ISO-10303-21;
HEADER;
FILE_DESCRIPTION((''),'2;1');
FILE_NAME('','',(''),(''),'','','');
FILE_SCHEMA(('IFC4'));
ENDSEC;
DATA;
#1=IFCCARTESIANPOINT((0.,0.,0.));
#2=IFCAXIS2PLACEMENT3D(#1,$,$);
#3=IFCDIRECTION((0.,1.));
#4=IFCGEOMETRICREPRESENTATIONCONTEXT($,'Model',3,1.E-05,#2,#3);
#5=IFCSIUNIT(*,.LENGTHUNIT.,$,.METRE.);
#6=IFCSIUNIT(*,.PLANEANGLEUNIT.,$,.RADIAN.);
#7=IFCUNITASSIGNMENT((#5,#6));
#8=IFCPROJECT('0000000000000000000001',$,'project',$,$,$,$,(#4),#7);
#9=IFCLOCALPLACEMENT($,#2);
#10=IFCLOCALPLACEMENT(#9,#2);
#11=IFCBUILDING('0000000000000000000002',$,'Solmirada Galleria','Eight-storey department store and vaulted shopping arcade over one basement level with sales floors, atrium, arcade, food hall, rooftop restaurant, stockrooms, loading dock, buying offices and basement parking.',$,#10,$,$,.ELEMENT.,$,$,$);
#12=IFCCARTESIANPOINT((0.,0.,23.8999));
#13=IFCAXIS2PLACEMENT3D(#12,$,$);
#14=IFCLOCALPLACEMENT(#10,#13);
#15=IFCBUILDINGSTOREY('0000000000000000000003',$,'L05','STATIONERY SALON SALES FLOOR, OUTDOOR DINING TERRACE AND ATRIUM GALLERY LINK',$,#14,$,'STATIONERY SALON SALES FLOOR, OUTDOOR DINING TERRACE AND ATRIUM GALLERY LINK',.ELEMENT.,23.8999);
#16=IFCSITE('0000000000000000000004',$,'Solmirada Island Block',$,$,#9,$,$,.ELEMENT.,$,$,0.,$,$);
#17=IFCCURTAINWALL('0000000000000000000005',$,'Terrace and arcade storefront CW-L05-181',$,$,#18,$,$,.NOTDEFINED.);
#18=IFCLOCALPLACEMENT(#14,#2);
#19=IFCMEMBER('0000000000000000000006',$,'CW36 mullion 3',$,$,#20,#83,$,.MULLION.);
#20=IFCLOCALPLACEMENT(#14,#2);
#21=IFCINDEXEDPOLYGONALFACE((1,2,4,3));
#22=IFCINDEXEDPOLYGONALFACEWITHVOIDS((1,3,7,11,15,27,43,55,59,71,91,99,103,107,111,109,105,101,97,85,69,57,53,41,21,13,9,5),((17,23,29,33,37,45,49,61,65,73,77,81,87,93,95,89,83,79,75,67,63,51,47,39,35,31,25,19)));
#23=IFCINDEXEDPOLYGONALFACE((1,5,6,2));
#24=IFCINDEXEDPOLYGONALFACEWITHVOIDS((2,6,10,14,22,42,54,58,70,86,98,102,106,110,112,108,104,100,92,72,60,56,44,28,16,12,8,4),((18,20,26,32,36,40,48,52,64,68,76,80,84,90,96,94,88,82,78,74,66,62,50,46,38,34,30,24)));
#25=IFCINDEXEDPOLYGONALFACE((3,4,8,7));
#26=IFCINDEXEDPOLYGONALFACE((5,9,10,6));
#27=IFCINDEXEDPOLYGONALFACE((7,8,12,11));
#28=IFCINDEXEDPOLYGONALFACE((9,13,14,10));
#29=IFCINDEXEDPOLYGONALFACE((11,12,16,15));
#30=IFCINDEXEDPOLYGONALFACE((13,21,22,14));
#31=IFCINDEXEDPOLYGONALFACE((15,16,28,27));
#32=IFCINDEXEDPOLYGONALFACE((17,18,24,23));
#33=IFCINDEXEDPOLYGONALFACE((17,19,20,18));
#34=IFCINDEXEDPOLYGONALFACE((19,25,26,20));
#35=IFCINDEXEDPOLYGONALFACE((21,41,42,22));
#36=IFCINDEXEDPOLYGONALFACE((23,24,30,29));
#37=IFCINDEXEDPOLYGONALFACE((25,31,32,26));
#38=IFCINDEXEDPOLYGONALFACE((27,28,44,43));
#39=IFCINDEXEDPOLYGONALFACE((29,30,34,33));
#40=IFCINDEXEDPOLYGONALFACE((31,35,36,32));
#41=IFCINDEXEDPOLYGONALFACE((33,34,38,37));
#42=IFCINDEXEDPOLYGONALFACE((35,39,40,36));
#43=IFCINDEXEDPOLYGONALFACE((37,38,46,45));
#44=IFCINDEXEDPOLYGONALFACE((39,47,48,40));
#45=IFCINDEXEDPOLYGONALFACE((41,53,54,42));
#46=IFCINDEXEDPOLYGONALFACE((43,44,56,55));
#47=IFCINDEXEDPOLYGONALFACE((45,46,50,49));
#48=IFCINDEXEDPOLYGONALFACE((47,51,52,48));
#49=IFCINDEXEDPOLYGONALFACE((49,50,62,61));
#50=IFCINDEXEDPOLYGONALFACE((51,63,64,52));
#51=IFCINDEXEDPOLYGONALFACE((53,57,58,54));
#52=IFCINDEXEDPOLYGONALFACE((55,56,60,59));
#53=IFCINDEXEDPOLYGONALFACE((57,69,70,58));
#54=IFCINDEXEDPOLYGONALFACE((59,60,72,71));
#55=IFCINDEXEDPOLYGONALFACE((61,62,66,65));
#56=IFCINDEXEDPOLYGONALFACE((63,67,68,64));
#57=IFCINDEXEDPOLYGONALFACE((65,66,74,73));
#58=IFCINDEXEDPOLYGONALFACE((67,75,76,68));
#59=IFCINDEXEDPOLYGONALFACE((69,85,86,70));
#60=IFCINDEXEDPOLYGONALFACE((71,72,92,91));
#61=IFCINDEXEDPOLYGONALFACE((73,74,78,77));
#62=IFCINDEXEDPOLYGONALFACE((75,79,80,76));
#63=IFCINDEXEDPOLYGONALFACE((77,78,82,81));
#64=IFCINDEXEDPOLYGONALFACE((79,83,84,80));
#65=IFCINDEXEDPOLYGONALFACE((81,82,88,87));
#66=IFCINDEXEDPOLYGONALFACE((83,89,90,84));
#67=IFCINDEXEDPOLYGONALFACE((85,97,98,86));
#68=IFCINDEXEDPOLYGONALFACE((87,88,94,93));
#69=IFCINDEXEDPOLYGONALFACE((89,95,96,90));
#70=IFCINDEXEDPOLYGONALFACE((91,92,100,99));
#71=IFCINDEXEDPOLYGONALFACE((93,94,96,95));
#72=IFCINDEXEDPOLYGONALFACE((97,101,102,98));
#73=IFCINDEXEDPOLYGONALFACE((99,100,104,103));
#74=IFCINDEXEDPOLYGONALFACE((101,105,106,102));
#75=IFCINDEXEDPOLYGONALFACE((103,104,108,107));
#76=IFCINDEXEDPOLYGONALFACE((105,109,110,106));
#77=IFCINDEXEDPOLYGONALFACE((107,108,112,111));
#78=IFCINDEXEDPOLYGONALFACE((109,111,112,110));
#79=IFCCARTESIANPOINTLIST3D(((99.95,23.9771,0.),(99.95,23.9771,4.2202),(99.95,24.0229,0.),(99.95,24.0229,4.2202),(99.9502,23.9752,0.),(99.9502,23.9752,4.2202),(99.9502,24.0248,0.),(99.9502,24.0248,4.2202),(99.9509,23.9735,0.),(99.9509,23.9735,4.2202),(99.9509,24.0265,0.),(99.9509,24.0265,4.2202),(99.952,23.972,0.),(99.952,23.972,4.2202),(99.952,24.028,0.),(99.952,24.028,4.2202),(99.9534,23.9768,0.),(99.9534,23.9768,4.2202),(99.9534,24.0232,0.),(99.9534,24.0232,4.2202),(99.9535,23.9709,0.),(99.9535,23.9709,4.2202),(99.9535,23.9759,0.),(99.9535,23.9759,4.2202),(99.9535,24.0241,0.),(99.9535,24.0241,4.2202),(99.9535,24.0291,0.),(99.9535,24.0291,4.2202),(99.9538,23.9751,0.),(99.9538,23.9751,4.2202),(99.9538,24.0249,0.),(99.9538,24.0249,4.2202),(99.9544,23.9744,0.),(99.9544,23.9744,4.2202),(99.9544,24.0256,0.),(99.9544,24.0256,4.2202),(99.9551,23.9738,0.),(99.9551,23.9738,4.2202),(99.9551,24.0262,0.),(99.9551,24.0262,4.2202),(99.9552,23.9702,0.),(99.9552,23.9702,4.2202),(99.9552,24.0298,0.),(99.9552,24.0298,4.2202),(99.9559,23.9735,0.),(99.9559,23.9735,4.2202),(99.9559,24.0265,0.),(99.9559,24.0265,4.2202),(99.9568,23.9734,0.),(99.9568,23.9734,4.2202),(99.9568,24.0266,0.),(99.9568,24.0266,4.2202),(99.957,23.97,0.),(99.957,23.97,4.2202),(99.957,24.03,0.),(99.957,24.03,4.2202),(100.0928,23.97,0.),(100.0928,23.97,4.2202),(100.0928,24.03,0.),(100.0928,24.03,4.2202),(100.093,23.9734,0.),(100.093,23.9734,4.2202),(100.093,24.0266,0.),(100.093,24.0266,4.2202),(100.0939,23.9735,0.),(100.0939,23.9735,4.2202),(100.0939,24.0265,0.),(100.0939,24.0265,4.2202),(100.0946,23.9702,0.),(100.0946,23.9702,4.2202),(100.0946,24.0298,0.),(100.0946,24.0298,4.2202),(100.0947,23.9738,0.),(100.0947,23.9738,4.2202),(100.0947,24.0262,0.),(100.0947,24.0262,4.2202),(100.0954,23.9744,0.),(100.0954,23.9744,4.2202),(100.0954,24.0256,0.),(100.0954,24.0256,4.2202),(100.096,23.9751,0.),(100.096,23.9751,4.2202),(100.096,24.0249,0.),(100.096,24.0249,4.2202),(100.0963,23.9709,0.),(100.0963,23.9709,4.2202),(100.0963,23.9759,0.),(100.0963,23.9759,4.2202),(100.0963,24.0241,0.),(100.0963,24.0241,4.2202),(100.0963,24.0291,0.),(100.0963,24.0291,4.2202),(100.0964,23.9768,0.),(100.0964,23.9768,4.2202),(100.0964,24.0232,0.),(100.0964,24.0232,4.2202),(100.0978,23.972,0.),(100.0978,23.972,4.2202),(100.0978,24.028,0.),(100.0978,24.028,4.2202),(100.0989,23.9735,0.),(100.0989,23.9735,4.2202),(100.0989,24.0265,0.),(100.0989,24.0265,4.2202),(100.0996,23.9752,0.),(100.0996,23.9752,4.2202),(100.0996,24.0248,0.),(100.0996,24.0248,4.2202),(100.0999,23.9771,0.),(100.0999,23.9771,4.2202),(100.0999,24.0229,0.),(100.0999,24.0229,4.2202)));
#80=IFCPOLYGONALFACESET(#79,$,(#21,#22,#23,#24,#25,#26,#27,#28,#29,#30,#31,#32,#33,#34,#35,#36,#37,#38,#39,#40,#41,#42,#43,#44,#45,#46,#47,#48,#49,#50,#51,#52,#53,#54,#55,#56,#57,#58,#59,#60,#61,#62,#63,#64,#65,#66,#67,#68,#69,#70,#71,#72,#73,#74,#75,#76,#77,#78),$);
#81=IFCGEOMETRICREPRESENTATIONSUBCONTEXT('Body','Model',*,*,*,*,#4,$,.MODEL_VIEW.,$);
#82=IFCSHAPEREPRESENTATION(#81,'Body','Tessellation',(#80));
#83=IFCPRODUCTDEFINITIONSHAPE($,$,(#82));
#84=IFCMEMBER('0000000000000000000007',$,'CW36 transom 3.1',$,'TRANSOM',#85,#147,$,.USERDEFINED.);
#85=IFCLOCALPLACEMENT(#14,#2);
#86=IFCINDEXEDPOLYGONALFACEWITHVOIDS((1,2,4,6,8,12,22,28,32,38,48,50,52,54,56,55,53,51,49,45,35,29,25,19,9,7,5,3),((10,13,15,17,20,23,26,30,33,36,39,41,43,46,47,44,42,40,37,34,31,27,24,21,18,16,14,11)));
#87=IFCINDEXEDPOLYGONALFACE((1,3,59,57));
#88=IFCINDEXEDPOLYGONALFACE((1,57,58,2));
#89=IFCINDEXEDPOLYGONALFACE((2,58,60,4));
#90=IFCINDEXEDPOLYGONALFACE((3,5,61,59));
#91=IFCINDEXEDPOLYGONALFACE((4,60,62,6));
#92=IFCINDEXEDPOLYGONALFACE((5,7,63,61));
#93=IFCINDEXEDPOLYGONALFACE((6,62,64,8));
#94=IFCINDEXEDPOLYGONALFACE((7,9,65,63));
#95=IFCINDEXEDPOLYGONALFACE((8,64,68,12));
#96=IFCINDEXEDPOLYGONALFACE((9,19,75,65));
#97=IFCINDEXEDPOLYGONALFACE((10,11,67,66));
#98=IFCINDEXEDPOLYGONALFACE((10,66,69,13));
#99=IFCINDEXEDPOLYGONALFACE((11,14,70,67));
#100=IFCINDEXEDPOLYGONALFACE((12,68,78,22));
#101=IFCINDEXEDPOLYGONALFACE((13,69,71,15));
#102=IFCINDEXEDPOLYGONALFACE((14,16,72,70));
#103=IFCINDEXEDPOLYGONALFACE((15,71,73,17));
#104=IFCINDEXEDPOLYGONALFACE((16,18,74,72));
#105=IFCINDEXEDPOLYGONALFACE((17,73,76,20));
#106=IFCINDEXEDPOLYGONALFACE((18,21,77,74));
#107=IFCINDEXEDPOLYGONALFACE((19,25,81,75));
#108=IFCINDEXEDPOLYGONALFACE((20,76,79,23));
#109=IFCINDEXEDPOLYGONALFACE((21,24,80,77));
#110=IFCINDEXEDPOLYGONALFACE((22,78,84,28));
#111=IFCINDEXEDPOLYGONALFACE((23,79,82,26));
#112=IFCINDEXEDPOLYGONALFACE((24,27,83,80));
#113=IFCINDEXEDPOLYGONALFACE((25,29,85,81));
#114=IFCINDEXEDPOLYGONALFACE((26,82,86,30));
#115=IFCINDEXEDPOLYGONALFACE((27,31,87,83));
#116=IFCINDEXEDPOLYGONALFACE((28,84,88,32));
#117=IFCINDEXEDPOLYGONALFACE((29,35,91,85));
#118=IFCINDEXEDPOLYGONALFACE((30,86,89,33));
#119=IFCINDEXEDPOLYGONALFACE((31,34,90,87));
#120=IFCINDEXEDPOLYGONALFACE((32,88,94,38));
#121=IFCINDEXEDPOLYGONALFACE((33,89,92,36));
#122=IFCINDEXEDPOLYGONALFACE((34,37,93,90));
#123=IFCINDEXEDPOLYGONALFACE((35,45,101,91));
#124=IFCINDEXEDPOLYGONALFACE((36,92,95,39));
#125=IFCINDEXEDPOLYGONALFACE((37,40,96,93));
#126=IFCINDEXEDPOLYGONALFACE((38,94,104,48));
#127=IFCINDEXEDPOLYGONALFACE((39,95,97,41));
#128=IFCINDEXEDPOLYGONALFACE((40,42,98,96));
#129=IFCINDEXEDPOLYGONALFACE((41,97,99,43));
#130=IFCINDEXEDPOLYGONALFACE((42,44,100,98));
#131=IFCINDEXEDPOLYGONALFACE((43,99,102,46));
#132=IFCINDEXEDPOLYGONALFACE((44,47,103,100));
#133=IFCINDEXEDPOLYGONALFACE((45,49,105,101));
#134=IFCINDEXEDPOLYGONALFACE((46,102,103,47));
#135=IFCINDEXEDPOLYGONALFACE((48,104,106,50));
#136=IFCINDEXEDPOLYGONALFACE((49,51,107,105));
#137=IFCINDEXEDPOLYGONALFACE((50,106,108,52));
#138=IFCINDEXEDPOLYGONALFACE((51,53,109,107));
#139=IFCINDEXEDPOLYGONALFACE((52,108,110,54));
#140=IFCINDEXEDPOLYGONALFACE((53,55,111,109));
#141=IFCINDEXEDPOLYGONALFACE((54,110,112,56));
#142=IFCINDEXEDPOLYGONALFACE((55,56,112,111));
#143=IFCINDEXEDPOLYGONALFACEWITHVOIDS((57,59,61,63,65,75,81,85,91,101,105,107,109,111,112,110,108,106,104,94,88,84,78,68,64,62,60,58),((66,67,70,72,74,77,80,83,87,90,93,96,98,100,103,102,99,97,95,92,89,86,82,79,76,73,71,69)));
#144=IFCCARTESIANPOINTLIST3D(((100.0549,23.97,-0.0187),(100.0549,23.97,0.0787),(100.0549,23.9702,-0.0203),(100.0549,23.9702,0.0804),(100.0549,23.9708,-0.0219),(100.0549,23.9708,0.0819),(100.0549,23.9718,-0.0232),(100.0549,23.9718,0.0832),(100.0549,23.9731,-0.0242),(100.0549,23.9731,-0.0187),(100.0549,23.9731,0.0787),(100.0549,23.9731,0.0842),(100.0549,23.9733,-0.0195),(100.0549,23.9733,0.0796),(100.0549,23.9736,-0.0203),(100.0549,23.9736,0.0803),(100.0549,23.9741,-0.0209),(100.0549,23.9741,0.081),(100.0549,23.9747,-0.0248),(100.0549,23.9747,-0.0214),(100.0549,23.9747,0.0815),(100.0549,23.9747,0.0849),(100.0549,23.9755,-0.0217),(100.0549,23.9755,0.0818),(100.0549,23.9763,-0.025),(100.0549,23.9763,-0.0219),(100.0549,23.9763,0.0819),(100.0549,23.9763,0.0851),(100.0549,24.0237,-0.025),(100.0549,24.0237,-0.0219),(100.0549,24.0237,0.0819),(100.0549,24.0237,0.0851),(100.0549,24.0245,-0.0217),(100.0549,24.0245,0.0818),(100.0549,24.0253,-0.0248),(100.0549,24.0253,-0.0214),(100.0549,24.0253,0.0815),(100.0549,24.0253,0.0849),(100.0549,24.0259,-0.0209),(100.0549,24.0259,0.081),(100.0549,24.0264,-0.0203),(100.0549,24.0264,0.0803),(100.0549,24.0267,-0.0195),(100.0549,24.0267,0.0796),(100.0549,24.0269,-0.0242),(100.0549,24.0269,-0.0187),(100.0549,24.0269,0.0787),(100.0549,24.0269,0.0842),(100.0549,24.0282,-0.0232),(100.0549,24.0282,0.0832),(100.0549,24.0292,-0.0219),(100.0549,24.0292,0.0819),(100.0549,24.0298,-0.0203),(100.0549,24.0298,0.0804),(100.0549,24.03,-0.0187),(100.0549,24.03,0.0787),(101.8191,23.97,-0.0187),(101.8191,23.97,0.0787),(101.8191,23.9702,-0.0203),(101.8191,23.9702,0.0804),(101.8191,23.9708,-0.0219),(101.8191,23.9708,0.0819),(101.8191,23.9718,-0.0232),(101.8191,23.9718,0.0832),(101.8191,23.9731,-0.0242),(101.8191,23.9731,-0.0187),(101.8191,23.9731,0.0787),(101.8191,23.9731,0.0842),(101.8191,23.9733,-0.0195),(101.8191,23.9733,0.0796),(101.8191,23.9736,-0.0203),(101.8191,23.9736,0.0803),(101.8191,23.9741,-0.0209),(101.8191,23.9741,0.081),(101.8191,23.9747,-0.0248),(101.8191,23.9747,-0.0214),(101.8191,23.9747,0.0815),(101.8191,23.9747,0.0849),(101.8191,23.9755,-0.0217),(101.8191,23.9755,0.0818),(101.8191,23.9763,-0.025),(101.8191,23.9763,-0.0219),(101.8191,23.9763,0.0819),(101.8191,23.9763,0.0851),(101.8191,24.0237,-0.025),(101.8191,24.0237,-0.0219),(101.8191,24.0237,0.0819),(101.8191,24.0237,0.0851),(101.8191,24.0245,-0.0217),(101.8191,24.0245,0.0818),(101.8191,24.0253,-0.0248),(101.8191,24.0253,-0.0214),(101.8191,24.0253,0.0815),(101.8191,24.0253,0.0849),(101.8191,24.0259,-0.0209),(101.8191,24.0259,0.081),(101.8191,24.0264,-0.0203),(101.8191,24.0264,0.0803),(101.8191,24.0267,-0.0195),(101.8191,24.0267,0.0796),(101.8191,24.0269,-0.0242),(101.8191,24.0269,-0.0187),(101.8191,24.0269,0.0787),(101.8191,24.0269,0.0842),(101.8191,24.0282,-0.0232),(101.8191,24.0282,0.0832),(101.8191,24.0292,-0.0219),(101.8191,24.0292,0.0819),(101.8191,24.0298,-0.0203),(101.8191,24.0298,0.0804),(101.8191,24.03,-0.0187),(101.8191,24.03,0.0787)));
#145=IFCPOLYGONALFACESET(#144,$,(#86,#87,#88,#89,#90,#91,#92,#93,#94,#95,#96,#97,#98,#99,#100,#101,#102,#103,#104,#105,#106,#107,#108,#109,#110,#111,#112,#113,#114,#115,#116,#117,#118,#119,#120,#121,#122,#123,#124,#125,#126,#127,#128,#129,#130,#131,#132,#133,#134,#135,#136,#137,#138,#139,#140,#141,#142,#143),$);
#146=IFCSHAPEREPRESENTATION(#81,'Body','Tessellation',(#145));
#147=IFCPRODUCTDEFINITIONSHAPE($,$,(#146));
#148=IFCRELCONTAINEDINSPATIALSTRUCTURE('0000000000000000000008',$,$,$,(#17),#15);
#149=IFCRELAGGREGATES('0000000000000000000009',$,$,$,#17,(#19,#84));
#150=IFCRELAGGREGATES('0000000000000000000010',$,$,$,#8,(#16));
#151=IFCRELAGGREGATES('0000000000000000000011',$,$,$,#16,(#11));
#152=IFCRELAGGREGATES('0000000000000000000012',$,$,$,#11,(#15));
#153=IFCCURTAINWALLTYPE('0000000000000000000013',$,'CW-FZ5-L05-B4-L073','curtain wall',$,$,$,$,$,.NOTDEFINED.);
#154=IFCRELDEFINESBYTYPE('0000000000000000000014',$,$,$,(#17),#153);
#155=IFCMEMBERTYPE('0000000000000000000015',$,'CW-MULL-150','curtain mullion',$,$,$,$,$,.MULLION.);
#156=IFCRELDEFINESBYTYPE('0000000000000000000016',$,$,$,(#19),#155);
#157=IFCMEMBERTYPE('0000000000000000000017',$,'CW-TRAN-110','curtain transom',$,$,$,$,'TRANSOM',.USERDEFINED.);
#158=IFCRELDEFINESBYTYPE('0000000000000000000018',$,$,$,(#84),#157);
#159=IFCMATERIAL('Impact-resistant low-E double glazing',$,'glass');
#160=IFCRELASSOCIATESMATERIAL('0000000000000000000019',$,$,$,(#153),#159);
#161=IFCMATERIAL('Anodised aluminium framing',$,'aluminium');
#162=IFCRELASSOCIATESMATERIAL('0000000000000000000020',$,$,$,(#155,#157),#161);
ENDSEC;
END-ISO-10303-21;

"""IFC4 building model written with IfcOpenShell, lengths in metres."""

from ifc_helpers import new_model, si_unit, direction, frame, origin, origin_2d, place, context, subcontext, project, spatial, hollow_rectangle, extrude, material, material_profile, profile_set, type_object, element, aggregate, save


model = new_model("IFC4")

# Units and contexts
model_context = context("Model", 3, precision=1e-05, world=origin(), true_north=direction((0.0, 1.0)))
body_context = subcontext(model_context, "Body", "Model", "MODEL_VIEW")
ifc_project = project(units=[si_unit("LENGTHUNIT", "METRE"), si_unit("PLANEANGLEUNIT", "RADIAN")], contexts=[model_context])

# Site, building, storey
site_placement = place(None, origin())
site = spatial("IfcSite", under=ifc_project, at=site_placement, Name="Solmirada Island Block", CompositionType="ELEMENT", RefElevation=0.0)
building_placement = place(site_placement, origin())
building = spatial("IfcBuilding", under=site, at=building_placement, Name="Solmirada Galleria", Description="Eight-storey department store and vaulted shopping arcade over one basement level with sales floors, atrium, arcade, food hall, rooftop restaurant, stockrooms, loading dock, buying offices and basement parking.", CompositionType="ELEMENT")
storey_placement = place(building_placement, frame((0.0, 0.0, 23.8999)))
storey = spatial("IfcBuildingStorey", under=building, at=storey_placement, Name="L05", Description="STATIONERY SALON SALES FLOOR, OUTDOOR DINING TERRACE AND ATRIUM GALLERY LINK", LongName="STATIONERY SALON SALES FLOOR, OUTDOOR DINING TERRACE AND ATRIUM GALLERY LINK", CompositionType="ELEMENT", Elevation=23.8999)

# Curtain wall, members
ifc_material_1 = material(Name="Impact-resistant low-E double glazing", Category="glass")
curtain_wall_type = type_object("IfcCurtainWallType", Name="CW-FZ5-L05-B4-L073", Description="curtain wall", PredefinedType="NOTDEFINED", material=ifc_material_1)
curtain_wall_placement = place(storey_placement, origin())
curtain_wall = element("IfcCurtainWall", 1, at=curtain_wall_placement, inside=storey, type_object=curtain_wall_type, Name="Terrace and arcade storefront CW-L05-181", PredefinedType="NOTDEFINED")
ifc_material_2 = material(Name="Anodised aluminium framing", Category="aluminium")
ifc_material_profile_1 = material_profile(ifc_material_2, hollow_rectangle(XDim=0.0601, YDim=0.1499, WallThickness=0.0034, InnerFilletRadius=0.0034, OuterFilletRadius=0.0071, at=origin_2d()), Name="ALU-MULL-150X60")
ifc_profile_set_1 = profile_set([ifc_material_profile_1], Name="Anodised aluminium framing")
member_type_1 = type_object("IfcMemberType", Name="CW-MULL-150", Description="curtain mullion", PredefinedType="MULLION", material=ifc_profile_set_1)
member_1_placement = place(storey_placement, frame((100.0249, 24.0, 0.0), z_axis=(0.0, 0.0, 1.0), x_axis=(0.0, 1.0, 0.0)))
member_1 = element("IfcMember", 2, at=member_1_placement, type_object=member_type_1, Name="CW36 mullion 3", PredefinedType="MULLION", context=body_context, shape_type="SweptSolid", body=[
    extrude(hollow_rectangle(XDim=0.0601, YDim=0.1499, WallThickness=0.0034, InnerFilletRadius=0.0034, OuterFilletRadius=0.0071, at=origin_2d()), origin(), (0.0, 0.0, 1.0), 4.2202),
])
ifc_material_profile_2 = material_profile(ifc_material_2, hollow_rectangle(XDim=0.0601, YDim=0.1101, WallThickness=0.0032, InnerFilletRadius=0.0032, OuterFilletRadius=0.0063, at=origin_2d()), Name="ALU-TRAN-110X60")
ifc_profile_set_2 = profile_set([ifc_material_profile_2], Name="Anodised aluminium framing")
member_type_2 = type_object("IfcMemberType", Name="CW-TRAN-110", Description="curtain transom", ElementType="TRANSOM", PredefinedType="USERDEFINED", material=ifc_profile_set_2)
member_2_placement = place(storey_placement, frame((100.0549, 24.0, 0.03), z_axis=(1.0, 0.0, 0.0), x_axis=(0.0, 1.0, 0.0)))
member_2 = element("IfcMember", 3, at=member_2_placement, type_object=member_type_2, Name="CW36 transom 3.1", ObjectType="TRANSOM", PredefinedType="USERDEFINED", context=body_context, shape_type="SweptSolid", body=[
    extrude(hollow_rectangle(XDim=0.0601, YDim=0.1101, WallThickness=0.0032, InnerFilletRadius=0.0032, OuterFilletRadius=0.0063, at=origin_2d()), origin(), (0.0, 0.0, 1.0), 1.7642),
])
aggregate(curtain_wall, [member_1, member_2])

save(model, "model.ifc")
